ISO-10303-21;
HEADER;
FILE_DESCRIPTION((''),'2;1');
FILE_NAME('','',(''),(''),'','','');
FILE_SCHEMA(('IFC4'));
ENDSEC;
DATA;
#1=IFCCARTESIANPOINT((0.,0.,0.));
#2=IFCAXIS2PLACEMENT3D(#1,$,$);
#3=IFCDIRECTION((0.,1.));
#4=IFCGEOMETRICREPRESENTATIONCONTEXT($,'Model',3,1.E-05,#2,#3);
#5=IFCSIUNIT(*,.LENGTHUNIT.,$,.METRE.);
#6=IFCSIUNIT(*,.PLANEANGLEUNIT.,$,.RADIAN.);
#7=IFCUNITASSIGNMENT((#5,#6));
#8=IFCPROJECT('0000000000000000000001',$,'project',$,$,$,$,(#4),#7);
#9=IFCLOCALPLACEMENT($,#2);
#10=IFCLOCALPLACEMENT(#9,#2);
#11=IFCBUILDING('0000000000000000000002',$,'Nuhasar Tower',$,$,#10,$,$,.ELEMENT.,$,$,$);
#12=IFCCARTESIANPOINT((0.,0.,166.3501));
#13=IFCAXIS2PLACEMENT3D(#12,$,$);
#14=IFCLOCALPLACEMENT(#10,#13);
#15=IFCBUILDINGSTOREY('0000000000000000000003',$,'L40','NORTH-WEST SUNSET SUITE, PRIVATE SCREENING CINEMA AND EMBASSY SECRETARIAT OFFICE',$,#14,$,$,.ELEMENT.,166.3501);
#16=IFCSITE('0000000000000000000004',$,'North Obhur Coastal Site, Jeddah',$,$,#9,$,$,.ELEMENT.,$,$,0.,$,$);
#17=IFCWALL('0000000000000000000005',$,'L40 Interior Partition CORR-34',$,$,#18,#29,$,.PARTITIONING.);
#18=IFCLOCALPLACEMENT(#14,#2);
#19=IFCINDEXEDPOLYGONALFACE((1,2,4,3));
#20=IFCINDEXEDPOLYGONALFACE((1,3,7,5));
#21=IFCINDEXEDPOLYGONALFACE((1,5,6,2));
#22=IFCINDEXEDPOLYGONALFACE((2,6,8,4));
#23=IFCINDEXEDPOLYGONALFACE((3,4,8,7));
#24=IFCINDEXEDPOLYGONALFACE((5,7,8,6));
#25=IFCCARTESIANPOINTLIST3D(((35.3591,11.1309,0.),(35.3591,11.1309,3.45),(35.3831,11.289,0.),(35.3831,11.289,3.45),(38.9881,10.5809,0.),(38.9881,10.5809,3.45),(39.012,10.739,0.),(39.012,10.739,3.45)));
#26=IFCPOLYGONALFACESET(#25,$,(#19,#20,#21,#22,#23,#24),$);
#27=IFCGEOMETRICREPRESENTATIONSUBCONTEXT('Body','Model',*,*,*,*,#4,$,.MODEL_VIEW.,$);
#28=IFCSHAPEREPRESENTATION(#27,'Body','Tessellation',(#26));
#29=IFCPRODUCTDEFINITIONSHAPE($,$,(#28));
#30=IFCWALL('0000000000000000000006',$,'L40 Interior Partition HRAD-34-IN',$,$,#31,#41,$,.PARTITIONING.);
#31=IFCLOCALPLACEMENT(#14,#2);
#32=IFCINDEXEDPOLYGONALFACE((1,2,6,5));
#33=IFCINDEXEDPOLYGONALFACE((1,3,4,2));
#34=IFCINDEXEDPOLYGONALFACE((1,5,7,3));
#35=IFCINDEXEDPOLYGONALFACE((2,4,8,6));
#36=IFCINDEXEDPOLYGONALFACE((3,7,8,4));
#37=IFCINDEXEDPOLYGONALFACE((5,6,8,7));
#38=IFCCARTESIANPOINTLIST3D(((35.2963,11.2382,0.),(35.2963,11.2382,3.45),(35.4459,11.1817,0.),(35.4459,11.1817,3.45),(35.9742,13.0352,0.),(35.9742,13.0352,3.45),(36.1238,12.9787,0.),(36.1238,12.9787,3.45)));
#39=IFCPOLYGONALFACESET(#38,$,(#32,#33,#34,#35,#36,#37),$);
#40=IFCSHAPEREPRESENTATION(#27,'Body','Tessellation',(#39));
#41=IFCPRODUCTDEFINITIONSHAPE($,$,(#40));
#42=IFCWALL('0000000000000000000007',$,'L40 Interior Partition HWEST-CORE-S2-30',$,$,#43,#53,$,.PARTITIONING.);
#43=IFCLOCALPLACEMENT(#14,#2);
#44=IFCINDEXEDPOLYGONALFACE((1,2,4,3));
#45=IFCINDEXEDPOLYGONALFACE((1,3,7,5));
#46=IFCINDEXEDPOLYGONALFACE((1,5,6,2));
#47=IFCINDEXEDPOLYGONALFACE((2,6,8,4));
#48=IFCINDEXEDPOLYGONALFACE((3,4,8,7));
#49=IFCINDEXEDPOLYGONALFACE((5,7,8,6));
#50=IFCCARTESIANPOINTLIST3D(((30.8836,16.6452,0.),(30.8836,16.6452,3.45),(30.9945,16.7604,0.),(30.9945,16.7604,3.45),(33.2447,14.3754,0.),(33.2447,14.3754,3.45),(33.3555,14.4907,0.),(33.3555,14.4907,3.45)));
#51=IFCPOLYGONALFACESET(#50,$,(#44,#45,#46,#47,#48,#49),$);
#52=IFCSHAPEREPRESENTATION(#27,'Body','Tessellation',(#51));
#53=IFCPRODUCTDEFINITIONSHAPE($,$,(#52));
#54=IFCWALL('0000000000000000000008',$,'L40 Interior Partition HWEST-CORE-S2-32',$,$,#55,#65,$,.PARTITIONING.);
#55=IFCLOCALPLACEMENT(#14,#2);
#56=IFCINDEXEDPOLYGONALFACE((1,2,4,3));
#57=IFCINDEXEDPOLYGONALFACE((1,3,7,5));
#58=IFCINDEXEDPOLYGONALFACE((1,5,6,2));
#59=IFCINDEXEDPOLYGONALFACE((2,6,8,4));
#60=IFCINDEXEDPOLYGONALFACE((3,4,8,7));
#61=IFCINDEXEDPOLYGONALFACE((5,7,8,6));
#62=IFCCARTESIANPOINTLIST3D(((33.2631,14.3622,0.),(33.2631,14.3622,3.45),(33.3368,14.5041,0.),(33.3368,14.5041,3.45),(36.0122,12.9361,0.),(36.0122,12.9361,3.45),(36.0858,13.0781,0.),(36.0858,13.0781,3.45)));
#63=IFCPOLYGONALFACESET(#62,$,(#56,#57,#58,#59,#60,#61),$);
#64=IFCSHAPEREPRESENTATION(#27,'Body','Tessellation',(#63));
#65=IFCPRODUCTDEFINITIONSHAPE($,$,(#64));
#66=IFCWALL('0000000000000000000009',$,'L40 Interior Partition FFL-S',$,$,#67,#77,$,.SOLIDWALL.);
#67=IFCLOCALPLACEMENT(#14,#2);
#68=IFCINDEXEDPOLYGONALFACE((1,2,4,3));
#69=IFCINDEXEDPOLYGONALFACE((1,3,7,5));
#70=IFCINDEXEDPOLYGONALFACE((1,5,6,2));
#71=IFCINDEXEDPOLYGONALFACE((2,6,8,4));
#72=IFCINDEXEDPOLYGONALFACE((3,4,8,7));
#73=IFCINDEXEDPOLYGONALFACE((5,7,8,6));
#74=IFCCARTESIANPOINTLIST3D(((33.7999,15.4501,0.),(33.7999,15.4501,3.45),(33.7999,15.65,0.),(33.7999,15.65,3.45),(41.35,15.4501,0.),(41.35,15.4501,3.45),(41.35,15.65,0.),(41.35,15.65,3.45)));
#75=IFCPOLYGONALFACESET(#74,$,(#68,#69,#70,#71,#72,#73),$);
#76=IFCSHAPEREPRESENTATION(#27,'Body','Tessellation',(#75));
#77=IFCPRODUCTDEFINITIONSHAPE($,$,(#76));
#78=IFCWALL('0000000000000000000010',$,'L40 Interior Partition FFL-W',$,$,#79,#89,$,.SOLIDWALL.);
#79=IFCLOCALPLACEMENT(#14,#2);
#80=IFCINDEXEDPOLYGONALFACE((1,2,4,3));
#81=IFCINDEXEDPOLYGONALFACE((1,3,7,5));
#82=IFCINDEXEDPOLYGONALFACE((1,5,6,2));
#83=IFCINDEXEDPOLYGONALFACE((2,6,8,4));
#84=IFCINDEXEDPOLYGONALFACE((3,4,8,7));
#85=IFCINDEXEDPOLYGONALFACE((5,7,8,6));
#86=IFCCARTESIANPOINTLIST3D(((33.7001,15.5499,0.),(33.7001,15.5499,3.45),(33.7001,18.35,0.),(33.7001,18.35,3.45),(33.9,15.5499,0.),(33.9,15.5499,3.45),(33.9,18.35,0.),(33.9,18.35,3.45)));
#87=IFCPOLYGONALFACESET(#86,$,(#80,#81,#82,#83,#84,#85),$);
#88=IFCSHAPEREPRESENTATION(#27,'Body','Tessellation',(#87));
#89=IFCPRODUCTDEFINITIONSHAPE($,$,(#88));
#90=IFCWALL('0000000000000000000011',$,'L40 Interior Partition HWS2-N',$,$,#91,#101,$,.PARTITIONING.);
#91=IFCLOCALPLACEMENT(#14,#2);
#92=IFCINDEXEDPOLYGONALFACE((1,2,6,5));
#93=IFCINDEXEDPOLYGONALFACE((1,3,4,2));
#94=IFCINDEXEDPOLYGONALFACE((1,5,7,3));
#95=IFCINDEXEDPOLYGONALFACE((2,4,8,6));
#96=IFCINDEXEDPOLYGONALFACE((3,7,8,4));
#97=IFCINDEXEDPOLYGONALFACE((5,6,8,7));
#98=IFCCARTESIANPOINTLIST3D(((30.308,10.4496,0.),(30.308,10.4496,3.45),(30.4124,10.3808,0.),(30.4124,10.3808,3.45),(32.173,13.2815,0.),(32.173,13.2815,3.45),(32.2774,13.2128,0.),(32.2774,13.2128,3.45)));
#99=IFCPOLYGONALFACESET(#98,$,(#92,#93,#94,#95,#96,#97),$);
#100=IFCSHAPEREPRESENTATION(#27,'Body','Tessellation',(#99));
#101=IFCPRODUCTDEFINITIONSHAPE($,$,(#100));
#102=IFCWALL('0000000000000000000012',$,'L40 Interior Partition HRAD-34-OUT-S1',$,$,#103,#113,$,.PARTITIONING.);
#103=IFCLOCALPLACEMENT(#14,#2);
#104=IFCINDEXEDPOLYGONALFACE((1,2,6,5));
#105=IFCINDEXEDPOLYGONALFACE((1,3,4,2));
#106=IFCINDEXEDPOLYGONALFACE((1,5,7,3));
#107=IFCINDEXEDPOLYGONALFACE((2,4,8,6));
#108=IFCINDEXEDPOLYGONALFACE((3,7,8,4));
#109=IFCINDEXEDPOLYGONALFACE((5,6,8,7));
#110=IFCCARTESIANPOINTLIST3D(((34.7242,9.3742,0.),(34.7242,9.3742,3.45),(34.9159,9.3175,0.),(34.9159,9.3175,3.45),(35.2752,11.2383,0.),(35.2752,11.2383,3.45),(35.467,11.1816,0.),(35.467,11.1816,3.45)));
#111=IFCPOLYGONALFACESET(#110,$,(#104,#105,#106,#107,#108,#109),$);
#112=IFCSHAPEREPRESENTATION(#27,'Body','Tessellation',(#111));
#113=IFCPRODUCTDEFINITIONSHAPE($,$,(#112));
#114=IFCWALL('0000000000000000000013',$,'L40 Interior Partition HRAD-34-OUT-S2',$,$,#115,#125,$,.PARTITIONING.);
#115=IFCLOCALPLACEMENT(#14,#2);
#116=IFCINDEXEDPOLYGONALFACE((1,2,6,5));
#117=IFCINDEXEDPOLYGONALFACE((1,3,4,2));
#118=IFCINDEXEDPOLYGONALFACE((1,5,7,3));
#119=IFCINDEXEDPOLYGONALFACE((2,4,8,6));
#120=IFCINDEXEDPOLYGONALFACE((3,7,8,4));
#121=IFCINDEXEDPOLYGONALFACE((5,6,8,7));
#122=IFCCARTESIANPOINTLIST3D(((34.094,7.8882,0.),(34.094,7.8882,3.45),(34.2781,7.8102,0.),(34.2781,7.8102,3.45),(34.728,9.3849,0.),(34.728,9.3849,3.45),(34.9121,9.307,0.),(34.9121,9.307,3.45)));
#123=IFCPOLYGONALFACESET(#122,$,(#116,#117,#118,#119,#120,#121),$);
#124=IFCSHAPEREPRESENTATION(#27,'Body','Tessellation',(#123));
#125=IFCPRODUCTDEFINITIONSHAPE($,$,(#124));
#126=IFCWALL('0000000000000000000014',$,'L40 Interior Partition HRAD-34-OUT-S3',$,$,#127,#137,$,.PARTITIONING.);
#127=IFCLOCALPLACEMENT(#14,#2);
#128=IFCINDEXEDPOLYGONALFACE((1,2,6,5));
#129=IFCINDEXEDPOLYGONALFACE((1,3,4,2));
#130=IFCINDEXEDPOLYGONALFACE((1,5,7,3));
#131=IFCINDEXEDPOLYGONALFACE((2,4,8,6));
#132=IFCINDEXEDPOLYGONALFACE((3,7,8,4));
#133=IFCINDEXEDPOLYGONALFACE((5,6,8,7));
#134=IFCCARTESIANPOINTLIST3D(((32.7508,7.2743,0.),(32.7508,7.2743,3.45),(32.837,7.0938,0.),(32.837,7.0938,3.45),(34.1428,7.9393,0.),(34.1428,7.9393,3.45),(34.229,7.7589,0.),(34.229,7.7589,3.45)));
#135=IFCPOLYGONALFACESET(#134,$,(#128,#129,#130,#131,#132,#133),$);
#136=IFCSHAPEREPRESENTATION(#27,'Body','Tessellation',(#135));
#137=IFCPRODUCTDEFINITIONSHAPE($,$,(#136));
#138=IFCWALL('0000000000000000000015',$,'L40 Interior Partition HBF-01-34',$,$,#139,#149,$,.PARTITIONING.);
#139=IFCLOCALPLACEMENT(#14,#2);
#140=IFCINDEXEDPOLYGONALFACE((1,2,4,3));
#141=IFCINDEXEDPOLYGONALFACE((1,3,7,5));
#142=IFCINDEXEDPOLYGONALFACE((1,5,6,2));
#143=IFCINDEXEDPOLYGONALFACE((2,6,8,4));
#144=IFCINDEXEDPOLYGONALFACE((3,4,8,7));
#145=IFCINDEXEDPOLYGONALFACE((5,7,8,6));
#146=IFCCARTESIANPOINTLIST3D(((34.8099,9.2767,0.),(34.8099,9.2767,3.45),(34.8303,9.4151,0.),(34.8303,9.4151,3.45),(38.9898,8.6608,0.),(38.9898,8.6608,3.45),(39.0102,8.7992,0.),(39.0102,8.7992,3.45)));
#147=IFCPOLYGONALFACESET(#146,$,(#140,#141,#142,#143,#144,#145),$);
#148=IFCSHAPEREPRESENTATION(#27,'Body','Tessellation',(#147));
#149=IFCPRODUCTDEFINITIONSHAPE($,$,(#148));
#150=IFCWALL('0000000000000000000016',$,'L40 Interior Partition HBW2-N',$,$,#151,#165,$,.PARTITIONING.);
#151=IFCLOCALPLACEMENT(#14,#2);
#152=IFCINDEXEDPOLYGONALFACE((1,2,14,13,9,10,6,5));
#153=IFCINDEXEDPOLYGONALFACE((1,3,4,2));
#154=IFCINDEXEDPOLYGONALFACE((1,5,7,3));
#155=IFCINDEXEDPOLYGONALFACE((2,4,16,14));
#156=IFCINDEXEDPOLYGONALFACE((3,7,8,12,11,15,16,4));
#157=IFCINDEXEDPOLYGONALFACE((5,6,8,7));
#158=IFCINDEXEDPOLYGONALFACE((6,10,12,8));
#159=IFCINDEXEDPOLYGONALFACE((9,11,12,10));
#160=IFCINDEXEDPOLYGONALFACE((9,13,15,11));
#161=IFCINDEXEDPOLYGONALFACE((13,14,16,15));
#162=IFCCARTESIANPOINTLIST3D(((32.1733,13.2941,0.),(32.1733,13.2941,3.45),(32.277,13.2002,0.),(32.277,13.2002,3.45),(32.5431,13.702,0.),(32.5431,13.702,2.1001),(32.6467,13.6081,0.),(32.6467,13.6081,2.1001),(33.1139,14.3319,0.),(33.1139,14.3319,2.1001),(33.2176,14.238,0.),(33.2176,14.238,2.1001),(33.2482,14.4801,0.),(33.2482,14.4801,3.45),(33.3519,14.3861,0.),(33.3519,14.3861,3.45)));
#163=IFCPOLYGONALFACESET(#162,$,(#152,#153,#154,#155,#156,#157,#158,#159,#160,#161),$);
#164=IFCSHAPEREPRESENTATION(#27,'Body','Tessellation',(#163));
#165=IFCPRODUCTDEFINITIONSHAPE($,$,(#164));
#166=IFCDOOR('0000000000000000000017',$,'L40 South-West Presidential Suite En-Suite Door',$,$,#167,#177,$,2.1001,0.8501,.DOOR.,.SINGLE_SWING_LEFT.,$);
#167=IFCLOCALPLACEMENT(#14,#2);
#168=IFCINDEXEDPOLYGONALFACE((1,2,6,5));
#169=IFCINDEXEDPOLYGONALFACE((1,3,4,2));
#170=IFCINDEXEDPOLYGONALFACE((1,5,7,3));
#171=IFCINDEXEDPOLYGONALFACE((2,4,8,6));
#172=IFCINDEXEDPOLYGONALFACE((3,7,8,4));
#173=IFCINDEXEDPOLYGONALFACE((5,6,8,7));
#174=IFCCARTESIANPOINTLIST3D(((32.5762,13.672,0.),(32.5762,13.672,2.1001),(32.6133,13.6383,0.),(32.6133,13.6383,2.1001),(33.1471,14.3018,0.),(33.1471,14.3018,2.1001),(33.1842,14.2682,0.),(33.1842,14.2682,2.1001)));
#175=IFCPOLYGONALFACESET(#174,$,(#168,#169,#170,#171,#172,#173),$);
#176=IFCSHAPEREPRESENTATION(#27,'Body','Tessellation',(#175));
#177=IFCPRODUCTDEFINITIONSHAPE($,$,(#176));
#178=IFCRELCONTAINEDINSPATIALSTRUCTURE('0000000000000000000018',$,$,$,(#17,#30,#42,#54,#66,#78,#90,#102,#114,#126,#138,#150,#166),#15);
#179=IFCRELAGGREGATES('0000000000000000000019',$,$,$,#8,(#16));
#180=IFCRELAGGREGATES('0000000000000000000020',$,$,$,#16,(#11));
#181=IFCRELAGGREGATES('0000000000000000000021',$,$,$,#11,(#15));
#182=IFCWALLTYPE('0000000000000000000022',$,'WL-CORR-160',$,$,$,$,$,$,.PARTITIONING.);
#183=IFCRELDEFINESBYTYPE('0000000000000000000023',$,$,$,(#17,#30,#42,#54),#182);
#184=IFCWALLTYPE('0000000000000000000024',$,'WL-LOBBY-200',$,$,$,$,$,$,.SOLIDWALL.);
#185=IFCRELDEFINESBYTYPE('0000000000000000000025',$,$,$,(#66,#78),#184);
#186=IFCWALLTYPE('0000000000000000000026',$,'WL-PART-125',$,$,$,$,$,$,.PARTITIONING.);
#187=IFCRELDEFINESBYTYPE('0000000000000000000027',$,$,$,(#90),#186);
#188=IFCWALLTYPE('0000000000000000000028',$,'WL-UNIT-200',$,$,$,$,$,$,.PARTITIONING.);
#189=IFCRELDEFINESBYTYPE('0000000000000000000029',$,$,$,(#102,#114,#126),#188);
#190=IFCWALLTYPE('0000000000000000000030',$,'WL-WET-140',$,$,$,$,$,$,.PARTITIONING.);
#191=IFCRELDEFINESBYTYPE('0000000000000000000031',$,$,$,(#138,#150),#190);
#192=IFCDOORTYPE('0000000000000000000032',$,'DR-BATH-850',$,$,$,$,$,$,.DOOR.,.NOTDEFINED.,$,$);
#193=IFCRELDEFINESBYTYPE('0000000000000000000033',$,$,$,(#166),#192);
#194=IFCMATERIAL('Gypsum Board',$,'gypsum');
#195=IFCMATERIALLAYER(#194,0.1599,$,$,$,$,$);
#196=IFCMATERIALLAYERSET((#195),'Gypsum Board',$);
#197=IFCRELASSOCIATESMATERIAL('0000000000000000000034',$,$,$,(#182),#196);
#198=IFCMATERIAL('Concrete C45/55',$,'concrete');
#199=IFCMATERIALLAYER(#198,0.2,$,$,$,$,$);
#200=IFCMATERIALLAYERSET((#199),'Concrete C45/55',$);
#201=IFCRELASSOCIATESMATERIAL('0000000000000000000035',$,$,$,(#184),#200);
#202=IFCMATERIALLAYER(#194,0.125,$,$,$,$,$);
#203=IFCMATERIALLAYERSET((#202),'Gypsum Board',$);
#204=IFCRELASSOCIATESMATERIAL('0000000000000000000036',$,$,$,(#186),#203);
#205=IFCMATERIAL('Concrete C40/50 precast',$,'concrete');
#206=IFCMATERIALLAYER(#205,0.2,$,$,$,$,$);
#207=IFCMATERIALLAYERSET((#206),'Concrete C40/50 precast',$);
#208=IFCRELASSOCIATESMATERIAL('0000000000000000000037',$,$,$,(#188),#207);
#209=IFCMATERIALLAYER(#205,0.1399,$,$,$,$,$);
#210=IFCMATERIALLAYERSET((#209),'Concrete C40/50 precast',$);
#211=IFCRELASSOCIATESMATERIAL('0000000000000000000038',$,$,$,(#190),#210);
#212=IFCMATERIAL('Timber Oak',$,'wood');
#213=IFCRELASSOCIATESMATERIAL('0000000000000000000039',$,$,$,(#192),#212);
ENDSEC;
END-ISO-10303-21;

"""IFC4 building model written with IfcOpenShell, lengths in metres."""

from ifc_helpers import new_model, si_unit, direction, frame, frame_2d, origin, place, context, subcontext, project, spatial, rectangle, extrude, material, layer, layer_set, type_object, element, fill, save


model = new_model("IFC4")

# Units and contexts
model_context = context("Model", 3, precision=1e-05, world=origin(), true_north=direction((0.0, 1.0)))
body_context = subcontext(model_context, "Body", "Model", "MODEL_VIEW")
ifc_project = project(units=[si_unit("LENGTHUNIT", "METRE"), si_unit("PLANEANGLEUNIT", "RADIAN")], contexts=[model_context])

# Site, building, storey
site_placement = place(None, origin())
site = spatial("IfcSite", under=ifc_project, at=site_placement, Name="North Obhur Coastal Site, Jeddah", CompositionType="ELEMENT", RefElevation=0.0)
building_placement = place(site_placement, origin())
building = spatial("IfcBuilding", under=site, at=building_placement, Name="Nuhasar Tower", CompositionType="ELEMENT")
storey_placement = place(building_placement, frame((0.0, 0.0, 166.3501)))
storey = spatial("IfcBuildingStorey", under=building, at=storey_placement, Name="L40", Description="NORTH-WEST SUNSET SUITE, PRIVATE SCREENING CINEMA AND EMBASSY SECRETARIAT OFFICE", CompositionType="ELEMENT", Elevation=166.3501)

# Walls
ifc_material_1 = material(Name="Gypsum Board", Category="gypsum")
ifc_layer_1 = layer(ifc_material_1, 0.1599)
ifc_layer_set_1 = layer_set([ifc_layer_1], Name="Gypsum Board")
wall_type_1 = type_object("IfcWallType", Name="WL-CORR-160", PredefinedType="PARTITIONING", material=ifc_layer_set_1)
wall_1_placement = place(storey_placement, frame((35.3711, 11.21, 0.0), z_axis=(0.0, 0.0, 1.0), x_axis=(0.988707, -0.149863, 0.0)))
element("IfcWall", 1, at=wall_1_placement, inside=storey, type_object=wall_type_1, Name="L40 Interior Partition CORR-34", PredefinedType="PARTITIONING", context=body_context, shape_type="SweptSolid", body=[
    extrude(rectangle(XDim=3.6704, YDim=0.1599, at=frame_2d((1.8352, 0.0))), origin(), (0.0, 0.0, 1.0), 3.45),
])
wall_2_placement = place(storey_placement, frame((36.0491, 13.0071, 0.0), z_axis=(0.0, 0.0, 1.0), x_axis=(-0.352975, -0.935633, 0.0)))
element("IfcWall", 2, at=wall_2_placement, inside=storey, type_object=wall_type_1, Name="L40 Interior Partition HRAD-34-IN", PredefinedType="PARTITIONING", context=body_context, shape_type="SweptSolid", body=[
    extrude(rectangle(XDim=1.9207, YDim=0.1599, at=frame_2d((0.9604, 0.0))), origin(), (0.0, 0.0, 1.0), 3.45),
])
wall_3_placement = place(storey_placement, frame((30.939, 16.7029, 0.0), z_axis=(0.0, 0.0, 1.0), x_axis=(0.720909, -0.69303, 0.0)))
element("IfcWall", 3, at=wall_3_placement, inside=storey, type_object=wall_type_1, Name="L40 Interior Partition HWEST-CORE-S2-30", PredefinedType="PARTITIONING", context=body_context, shape_type="SweptSolid", body=[
    extrude(rectangle(XDim=3.2751, YDim=0.1599, at=frame_2d((1.6377, 0.0))), origin(), (0.0, 0.0, 1.0), 3.45),
])
wall_4_placement = place(storey_placement, frame((33.3, 14.4331, 0.0), z_axis=(0.0, 0.0, 1.0), x_axis=(0.887675, -0.460471, 0.0)))
element("IfcWall", 4, at=wall_4_placement, inside=storey, type_object=wall_type_1, Name="L40 Interior Partition HWEST-CORE-S2-32", PredefinedType="PARTITIONING", context=body_context, shape_type="SweptSolid", body=[
    extrude(rectangle(XDim=3.0969, YDim=0.1599, at=frame_2d((1.5483, 0.0))), origin(), (0.0, 0.0, 1.0), 3.45),
])
ifc_material_2 = material(Name="Concrete C45/55", Category="concrete")
ifc_layer_2 = layer(ifc_material_2, 0.2)
ifc_layer_set_2 = layer_set([ifc_layer_2], Name="Concrete C45/55")
wall_type_2 = type_object("IfcWallType", Name="WL-LOBBY-200", PredefinedType="SOLIDWALL", material=ifc_layer_set_2)
wall_5_placement = place(storey_placement, frame((33.8, 15.55, 0.0), z_axis=(0.0, 0.0, 1.0), x_axis=(1.0, 0.0, 0.0)))
element("IfcWall", 5, at=wall_5_placement, inside=storey, type_object=wall_type_2, Name="L40 Interior Partition FFL-S", PredefinedType="SOLIDWALL", context=body_context, shape_type="SweptSolid", body=[
    extrude(rectangle(XDim=7.55, YDim=0.2, at=frame_2d((3.7749, 0.0))), origin(), (0.0, 0.0, 1.0), 3.45),
])
wall_6_placement = place(storey_placement, frame((33.8, 15.55, 0.0), z_axis=(0.0, 0.0, 1.0), x_axis=(0.0, 1.0, 0.0)))
element("IfcWall", 6, at=wall_6_placement, inside=storey, type_object=wall_type_2, Name="L40 Interior Partition FFL-W", PredefinedType="SOLIDWALL", context=body_context, shape_type="SweptSolid", body=[
    extrude(rectangle(XDim=2.8, YDim=0.2, at=frame_2d((1.3999, 0.0))), origin(), (0.0, 0.0, 1.0), 3.45),
])
ifc_layer_3 = layer(ifc_material_1, 0.125)
ifc_layer_set_3 = layer_set([ifc_layer_3], Name="Gypsum Board")
wall_type_3 = type_object("IfcWallType", Name="WL-PART-125", PredefinedType="PARTITIONING", material=ifc_layer_set_3)
wall_7_placement = place(storey_placement, frame((32.2251, 13.2471, 0.0), z_axis=(0.0, 0.0, 1.0), x_axis=(-0.549989, -0.835172, 0.0)))
element("IfcWall", 7, at=wall_7_placement, inside=storey, type_object=wall_type_3, Name="L40 Interior Partition HWS2-N", PredefinedType="PARTITIONING", context=body_context, shape_type="SweptSolid", body=[
    extrude(rectangle(XDim=3.3909, YDim=0.125, at=frame_2d((1.6953, 0.0))), origin(), (0.0, 0.0, 1.0), 3.45),
])
ifc_material_3 = material(Name="Concrete C40/50 precast", Category="concrete")
ifc_layer_4 = layer(ifc_material_3, 0.2)
ifc_layer_set_4 = layer_set([ifc_layer_4], Name="Concrete C40/50 precast")
wall_type_4 = type_object("IfcWallType", Name="WL-UNIT-200", PredefinedType="PARTITIONING", material=ifc_layer_set_4)
wall_8_placement = place(storey_placement, frame((35.3711, 11.21, 0.0), z_axis=(0.0, 0.0, 1.0), x_axis=(-0.283485, -0.958977, 0.0)))
element("IfcWall", 8, at=wall_8_placement, inside=storey, type_object=wall_type_4, Name="L40 Interior Partition HRAD-34-OUT-S1", PredefinedType="PARTITIONING", context=body_context, shape_type="SweptSolid", body=[
    extrude(rectangle(XDim=1.9438, YDim=0.2, at=frame_2d((0.9719, 0.0))), origin(), (0.0, 0.0, 1.0), 3.45),
])
wall_9_placement = place(storey_placement, frame((34.8201, 9.3459, 0.0), z_axis=(0.0, 0.0, 1.0), x_axis=(-0.390037, -0.920799, 0.0)))
element("IfcWall", 9, at=wall_9_placement, inside=storey, type_object=wall_type_4, Name="L40 Interior Partition HRAD-34-OUT-S2", PredefinedType="PARTITIONING", context=body_context, shape_type="SweptSolid", body=[
    extrude(rectangle(XDim=1.6255, YDim=0.2, at=frame_2d((0.8127, 0.0))), origin(), (0.0, 0.0, 1.0), 3.45),
])
wall_10_placement = place(storey_placement, frame((34.186, 7.8491, 0.0), z_axis=(0.0, 0.0, 1.0), x_axis=(-0.902322, -0.431063, 0.0)))
element("IfcWall", 10, at=wall_10_placement, inside=storey, type_object=wall_type_4, Name="L40 Interior Partition HRAD-34-OUT-S3", PredefinedType="PARTITIONING", context=body_context, shape_type="SweptSolid", body=[
    extrude(rectangle(XDim=1.5427, YDim=0.2, at=frame_2d((0.7715, 0.0))), origin(), (0.0, 0.0, 1.0), 3.45),
])
ifc_layer_5 = layer(ifc_material_3, 0.1399)
ifc_layer_set_5 = layer_set([ifc_layer_5], Name="Concrete C40/50 precast")
wall_type_5 = type_object("IfcWallType", Name="WL-WET-140", PredefinedType="PARTITIONING", material=ifc_layer_set_5)
wall_11_placement = place(storey_placement, frame((34.8201, 9.3459, 0.0), z_axis=(0.0, 0.0, 1.0), x_axis=(0.989316, -0.145788, 0.0)))
element("IfcWall", 11, at=wall_11_placement, inside=storey, type_object=wall_type_5, Name="L40 Interior Partition HBF-01-34", PredefinedType="PARTITIONING", context=body_context, shape_type="SweptSolid", body=[
    extrude(rectangle(XDim=4.2251, YDim=0.1399, at=frame_2d((2.1125, 0.0))), origin(), (0.0, 0.0, 1.0), 3.45),
])

# Wall, opening, door
wall_12_placement = place(storey_placement, frame((33.3, 14.4331, 0.0), z_axis=(0.0, 0.0, 1.0), x_axis=(-0.671556, -0.740954, 0.0)))
wall_12 = element("IfcWall", 12, at=wall_12_placement, inside=storey, type_object=wall_type_5, Name="L40 Interior Partition HBW2-N", PredefinedType="PARTITIONING", context=body_context, shape_type="SweptSolid", body=[
    extrude(rectangle(XDim=1.6006, YDim=0.1399, at=frame_2d((0.8003, 0.0))), origin(), (0.0, 0.0, 1.0), 3.45),
])
opening_placement = place(wall_12_placement, frame((0.2, 0.0, 0.0)))
opening = element("IfcOpeningElement", 13, at=opening_placement, cuts=wall_12, PredefinedType="OPENING", context=body_context, shape_type="SweptSolid", body=[
    extrude(rectangle(XDim=0.8501, YDim=2.1001, at=frame_2d((0.425, 1.05))), frame((0.0, 0.0801, 0.0), z_axis=(0.0, -1.0, 0.0), x_axis=(1.0, 0.0, 0.0)), (0.0, 0.0, 1.0), 0.1599),
])
ifc_material_4 = material(Name="Timber Oak", Category="wood")
door_type = type_object("IfcDoorType", Name="DR-BATH-850", OperationType="NOTDEFINED", PredefinedType="DOOR", material=ifc_material_4)
door_placement = place(opening_placement, origin())
door = element("IfcDoor", 14, at=door_placement, inside=storey, type_object=door_type, Name="L40 South-West Presidential Suite En-Suite Door", OperationType="SINGLE_SWING_LEFT", OverallHeight=2.1001, OverallWidth=0.8501, PredefinedType="DOOR", context=body_context, shape_type="SweptSolid", body=[
    extrude(rectangle(XDim=0.8501, YDim=2.1001, at=frame_2d((0.425, 1.05))), frame((0.0, 0.0249, 0.0), z_axis=(0.0, -1.0, 0.0), x_axis=(1.0, 0.0, 0.0)), (0.0, 0.0, 1.0), 0.05),
])
fill(opening, door)

save(model, "model.ifc")
